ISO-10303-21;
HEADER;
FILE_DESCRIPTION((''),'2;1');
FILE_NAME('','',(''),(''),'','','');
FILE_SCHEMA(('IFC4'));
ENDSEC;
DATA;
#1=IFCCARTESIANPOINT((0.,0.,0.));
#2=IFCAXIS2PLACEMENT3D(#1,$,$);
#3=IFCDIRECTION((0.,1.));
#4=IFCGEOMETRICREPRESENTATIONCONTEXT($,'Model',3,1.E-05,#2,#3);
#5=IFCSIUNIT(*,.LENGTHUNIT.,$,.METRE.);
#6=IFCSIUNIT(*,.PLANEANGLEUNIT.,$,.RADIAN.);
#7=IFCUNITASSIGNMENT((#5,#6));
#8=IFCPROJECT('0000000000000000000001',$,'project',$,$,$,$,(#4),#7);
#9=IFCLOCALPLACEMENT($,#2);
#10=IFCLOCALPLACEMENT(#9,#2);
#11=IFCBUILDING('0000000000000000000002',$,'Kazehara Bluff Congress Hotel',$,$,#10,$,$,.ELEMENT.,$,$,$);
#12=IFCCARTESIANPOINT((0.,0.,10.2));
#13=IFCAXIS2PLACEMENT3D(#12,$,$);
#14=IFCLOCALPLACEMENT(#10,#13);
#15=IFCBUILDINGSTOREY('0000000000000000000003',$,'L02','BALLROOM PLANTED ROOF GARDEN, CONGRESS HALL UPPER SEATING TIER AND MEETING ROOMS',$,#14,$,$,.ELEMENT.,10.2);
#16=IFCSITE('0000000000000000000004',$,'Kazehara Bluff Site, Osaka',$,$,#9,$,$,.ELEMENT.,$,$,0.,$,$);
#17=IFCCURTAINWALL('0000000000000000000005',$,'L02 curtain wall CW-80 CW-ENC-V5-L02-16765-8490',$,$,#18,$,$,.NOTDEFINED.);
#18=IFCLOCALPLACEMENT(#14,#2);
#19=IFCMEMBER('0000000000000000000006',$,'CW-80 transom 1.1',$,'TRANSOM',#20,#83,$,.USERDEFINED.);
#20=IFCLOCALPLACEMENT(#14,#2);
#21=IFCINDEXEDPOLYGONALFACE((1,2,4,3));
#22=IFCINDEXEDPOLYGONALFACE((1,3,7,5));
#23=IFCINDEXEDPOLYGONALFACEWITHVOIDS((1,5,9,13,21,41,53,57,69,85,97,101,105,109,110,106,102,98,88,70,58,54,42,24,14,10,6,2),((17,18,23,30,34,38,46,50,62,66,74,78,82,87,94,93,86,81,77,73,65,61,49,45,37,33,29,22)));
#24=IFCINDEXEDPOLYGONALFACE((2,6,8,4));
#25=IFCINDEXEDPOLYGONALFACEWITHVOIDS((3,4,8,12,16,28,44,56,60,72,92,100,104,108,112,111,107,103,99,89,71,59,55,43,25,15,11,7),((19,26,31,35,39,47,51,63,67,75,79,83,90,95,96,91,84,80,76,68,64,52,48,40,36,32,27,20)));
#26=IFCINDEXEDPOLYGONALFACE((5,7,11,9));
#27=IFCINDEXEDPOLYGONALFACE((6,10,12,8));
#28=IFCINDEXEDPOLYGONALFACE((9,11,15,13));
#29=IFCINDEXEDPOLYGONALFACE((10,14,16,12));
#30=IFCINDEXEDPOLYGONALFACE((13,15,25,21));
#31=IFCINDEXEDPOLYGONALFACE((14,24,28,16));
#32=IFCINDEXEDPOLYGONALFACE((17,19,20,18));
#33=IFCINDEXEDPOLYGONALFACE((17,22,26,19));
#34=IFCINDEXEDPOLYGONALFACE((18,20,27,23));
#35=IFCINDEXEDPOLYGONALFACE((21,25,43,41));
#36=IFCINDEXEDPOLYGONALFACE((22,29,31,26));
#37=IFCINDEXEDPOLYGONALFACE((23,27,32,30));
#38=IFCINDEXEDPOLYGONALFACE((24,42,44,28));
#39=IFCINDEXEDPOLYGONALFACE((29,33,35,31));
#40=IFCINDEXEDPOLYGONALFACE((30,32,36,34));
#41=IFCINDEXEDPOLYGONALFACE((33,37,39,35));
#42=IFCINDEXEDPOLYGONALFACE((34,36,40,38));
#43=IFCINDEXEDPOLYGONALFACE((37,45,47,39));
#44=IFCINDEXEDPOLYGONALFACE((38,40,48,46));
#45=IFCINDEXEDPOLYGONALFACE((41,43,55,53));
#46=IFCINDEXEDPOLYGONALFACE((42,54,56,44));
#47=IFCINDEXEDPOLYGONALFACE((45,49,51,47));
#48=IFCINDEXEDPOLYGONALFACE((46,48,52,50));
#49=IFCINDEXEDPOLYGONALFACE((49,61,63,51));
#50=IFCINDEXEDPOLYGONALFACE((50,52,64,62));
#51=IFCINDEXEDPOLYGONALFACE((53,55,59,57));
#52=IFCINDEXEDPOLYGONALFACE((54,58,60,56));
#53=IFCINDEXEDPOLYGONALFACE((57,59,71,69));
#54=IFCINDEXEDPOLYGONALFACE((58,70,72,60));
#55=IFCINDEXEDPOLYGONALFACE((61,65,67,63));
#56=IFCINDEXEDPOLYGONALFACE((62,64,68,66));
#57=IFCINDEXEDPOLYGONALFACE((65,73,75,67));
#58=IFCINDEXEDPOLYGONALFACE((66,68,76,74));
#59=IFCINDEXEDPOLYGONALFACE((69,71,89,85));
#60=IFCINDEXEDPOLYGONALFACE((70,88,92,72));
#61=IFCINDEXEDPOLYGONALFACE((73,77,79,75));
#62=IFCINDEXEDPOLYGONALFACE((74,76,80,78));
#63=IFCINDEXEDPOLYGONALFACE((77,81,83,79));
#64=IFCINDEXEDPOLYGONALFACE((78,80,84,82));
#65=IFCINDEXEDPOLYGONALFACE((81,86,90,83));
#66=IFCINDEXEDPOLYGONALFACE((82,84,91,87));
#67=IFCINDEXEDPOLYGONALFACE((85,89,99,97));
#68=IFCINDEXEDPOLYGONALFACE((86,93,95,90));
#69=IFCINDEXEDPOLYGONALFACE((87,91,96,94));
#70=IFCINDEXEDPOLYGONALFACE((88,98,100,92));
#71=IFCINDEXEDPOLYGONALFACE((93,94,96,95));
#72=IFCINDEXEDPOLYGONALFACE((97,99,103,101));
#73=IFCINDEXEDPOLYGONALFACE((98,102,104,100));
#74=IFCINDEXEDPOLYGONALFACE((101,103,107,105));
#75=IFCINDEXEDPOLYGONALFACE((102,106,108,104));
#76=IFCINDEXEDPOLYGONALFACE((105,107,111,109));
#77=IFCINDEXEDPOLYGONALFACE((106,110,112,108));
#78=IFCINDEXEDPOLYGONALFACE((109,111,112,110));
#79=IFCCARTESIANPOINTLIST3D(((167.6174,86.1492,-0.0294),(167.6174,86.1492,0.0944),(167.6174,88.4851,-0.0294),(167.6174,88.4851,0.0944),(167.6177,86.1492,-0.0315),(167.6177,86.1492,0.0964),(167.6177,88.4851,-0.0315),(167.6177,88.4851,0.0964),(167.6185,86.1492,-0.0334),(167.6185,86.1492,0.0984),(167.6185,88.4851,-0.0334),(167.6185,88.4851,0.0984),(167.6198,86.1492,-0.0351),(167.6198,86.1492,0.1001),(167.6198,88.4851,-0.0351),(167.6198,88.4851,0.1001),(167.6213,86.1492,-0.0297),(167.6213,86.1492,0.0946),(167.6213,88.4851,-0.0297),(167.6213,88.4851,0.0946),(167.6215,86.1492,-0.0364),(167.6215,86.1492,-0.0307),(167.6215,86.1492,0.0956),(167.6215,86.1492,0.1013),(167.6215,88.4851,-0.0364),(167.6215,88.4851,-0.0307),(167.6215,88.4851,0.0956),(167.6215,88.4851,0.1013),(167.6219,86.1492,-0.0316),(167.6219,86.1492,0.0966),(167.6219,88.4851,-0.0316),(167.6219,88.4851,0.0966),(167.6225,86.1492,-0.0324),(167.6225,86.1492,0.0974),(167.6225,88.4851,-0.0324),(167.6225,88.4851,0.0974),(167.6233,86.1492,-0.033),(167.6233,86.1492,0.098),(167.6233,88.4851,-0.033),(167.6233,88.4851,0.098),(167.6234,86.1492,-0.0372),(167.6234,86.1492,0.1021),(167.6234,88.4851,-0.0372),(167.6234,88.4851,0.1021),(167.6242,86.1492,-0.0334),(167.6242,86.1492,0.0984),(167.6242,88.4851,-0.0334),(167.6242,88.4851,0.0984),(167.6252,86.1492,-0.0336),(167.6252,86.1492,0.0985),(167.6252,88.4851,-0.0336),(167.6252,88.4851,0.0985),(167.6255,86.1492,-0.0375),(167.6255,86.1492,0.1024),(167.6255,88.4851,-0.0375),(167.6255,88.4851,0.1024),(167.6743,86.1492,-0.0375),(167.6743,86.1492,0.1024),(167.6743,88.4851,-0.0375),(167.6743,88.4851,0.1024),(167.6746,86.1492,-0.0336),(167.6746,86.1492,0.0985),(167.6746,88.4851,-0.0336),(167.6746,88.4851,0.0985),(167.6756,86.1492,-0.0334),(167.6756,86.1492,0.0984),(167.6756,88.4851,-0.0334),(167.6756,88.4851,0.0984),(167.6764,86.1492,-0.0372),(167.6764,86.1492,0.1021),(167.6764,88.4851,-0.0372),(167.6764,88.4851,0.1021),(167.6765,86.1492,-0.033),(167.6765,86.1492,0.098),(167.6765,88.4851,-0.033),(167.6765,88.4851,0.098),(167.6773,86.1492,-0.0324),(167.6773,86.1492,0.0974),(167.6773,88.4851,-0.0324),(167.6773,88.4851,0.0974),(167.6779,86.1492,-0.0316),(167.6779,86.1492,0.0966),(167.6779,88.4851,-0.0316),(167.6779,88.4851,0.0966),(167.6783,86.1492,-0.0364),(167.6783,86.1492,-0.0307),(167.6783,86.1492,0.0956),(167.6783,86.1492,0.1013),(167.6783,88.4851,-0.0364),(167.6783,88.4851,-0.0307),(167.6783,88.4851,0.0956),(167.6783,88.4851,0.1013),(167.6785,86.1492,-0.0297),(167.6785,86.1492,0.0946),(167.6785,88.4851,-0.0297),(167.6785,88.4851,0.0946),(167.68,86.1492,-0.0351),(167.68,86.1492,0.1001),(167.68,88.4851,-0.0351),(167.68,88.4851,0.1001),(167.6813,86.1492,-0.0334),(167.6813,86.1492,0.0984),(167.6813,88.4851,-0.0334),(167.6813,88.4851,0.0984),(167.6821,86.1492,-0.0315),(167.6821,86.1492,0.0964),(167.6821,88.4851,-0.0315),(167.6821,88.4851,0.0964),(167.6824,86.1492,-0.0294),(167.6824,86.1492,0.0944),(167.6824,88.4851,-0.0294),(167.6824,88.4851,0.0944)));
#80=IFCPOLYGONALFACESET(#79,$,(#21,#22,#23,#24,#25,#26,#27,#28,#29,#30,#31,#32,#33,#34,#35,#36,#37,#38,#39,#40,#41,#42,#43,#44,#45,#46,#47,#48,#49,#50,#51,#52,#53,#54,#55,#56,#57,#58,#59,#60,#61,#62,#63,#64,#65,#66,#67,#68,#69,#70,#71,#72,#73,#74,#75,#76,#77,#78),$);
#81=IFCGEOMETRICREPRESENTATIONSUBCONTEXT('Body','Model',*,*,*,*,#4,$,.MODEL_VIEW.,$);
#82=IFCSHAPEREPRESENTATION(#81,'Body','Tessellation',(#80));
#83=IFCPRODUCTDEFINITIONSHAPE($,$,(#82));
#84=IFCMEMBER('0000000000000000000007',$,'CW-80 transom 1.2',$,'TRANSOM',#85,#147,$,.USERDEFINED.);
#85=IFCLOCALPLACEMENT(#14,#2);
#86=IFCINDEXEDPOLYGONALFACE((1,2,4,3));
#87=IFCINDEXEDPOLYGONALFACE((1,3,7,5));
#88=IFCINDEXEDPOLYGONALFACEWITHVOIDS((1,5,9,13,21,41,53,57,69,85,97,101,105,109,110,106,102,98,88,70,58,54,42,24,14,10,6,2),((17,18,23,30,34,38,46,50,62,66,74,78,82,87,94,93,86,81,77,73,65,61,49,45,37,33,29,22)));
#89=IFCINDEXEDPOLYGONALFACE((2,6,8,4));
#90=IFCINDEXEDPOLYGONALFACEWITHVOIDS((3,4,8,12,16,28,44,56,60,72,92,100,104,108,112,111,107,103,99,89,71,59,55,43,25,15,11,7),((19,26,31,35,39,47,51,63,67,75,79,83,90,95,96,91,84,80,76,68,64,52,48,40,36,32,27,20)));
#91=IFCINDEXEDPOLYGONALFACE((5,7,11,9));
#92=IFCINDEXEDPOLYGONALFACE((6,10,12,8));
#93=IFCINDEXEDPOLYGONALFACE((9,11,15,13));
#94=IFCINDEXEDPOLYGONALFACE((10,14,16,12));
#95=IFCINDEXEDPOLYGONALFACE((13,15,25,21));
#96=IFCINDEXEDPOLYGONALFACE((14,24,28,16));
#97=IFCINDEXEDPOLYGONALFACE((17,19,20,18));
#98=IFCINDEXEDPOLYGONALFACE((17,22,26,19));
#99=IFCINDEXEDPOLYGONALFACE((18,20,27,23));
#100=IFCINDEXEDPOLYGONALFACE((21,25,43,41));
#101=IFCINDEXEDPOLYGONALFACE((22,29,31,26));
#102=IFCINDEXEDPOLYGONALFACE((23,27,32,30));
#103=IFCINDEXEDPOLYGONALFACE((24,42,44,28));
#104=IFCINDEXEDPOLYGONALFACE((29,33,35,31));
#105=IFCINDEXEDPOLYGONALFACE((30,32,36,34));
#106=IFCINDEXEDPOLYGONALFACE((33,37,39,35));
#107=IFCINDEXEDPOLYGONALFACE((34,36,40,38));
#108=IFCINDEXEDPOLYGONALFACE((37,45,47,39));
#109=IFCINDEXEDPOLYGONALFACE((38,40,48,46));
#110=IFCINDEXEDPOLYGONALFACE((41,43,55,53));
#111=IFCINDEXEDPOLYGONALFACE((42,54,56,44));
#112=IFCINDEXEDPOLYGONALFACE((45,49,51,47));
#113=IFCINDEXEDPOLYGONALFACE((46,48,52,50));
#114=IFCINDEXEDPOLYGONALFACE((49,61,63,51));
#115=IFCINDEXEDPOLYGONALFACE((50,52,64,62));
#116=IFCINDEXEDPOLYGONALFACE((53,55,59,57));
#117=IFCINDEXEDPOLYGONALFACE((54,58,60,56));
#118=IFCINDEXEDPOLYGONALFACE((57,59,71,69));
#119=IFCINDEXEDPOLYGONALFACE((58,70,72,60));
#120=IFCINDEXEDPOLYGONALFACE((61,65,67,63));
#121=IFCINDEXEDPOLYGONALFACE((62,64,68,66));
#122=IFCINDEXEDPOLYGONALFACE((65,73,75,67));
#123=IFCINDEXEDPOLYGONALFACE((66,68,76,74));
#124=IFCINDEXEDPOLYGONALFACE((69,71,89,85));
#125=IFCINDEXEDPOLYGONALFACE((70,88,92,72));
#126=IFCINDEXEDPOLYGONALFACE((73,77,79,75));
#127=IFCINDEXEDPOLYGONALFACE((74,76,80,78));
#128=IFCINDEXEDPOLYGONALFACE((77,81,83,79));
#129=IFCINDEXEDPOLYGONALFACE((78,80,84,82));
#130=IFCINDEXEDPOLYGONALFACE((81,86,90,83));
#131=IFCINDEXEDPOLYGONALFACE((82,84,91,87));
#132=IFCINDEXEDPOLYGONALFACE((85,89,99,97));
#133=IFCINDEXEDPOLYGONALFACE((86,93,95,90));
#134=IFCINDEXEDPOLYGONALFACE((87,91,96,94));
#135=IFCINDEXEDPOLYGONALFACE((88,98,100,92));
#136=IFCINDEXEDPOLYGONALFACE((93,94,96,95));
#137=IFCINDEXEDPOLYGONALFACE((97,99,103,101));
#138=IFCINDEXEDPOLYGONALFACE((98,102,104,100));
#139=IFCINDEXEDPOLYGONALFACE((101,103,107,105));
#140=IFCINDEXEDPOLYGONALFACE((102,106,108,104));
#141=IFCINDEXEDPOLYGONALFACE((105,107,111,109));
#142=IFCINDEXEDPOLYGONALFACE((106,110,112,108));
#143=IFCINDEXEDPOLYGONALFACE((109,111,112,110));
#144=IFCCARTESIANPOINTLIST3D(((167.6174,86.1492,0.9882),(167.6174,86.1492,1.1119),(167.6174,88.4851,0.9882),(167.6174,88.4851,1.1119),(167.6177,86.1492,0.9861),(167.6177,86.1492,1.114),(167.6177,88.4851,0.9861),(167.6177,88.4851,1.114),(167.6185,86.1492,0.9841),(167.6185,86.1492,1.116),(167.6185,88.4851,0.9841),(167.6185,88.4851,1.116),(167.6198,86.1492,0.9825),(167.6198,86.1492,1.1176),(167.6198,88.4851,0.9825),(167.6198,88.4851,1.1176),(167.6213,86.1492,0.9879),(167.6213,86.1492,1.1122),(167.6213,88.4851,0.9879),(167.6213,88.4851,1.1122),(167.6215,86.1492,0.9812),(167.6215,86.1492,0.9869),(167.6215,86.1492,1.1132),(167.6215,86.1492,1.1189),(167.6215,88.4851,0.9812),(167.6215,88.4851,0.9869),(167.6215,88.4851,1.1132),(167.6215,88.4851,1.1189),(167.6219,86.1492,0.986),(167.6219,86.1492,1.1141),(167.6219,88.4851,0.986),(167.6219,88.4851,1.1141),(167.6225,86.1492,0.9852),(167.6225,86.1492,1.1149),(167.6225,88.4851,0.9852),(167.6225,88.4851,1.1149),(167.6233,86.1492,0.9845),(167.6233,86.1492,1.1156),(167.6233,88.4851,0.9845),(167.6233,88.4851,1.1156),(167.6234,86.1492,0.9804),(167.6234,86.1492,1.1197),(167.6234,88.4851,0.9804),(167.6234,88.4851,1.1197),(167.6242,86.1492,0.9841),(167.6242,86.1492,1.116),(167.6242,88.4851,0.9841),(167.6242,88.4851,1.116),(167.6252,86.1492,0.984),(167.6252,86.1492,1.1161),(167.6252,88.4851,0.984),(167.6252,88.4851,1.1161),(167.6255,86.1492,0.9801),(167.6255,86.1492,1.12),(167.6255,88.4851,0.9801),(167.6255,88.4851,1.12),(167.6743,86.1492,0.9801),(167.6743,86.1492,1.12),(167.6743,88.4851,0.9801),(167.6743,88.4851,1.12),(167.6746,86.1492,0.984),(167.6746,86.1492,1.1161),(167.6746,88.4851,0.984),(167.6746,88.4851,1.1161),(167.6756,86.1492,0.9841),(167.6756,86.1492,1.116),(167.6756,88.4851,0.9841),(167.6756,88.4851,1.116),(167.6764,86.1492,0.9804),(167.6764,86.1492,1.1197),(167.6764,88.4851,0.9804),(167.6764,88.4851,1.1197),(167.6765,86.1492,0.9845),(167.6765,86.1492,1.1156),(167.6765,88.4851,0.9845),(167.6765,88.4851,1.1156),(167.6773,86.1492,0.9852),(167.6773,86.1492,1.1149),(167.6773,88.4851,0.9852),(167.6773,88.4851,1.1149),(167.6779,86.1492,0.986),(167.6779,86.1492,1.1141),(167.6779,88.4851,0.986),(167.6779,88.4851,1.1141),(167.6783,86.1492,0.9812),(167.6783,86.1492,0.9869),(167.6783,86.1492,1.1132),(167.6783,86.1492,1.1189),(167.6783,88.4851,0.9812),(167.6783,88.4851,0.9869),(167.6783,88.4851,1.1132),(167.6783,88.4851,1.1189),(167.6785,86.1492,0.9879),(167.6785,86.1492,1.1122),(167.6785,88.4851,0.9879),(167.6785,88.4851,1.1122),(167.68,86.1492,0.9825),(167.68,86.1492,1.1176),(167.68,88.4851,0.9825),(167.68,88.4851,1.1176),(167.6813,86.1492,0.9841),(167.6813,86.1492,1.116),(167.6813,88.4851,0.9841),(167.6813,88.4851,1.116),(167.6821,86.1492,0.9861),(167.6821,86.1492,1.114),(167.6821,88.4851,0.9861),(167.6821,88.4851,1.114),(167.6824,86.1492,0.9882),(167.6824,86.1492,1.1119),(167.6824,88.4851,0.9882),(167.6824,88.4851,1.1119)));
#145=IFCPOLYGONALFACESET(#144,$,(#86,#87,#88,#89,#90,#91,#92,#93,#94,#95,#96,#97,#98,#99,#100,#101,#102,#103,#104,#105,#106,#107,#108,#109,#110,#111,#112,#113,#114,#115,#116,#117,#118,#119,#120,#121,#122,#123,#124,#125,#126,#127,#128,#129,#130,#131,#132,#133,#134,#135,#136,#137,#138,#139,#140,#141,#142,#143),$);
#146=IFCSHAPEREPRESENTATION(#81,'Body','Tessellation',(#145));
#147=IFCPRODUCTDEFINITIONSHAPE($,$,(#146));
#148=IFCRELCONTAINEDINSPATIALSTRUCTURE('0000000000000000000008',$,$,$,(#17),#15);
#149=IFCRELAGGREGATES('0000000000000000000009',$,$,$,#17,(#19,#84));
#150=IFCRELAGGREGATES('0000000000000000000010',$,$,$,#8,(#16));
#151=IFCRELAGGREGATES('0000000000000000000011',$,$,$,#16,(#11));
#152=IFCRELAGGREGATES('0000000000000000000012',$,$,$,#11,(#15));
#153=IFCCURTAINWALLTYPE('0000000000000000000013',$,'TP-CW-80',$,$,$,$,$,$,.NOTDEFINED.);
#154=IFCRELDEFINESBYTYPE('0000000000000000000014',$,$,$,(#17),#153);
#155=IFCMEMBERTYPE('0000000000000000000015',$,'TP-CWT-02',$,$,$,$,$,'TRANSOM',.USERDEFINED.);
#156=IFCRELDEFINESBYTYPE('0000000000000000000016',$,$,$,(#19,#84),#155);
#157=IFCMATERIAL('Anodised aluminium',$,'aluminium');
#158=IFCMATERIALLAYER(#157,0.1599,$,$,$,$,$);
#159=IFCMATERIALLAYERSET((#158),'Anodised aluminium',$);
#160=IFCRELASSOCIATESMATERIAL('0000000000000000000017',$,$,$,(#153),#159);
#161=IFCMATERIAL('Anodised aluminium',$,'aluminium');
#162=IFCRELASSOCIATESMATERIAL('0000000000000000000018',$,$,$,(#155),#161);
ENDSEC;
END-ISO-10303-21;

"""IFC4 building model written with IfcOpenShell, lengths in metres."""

from ifc_helpers import new_model, si_unit, direction, frame, origin, origin_2d, place, context, subcontext, project, spatial, hollow_rectangle, extrude, material, layer, layer_set, material_profile, profile_set, type_object, element, aggregate, save


model = new_model("IFC4")

# Units and contexts
model_context = context("Model", 3, precision=1e-05, world=origin(), true_north=direction((0.0, 1.0)))
body_context = subcontext(model_context, "Body", "Model", "MODEL_VIEW")
ifc_project = project(units=[si_unit("LENGTHUNIT", "METRE"), si_unit("PLANEANGLEUNIT", "RADIAN")], contexts=[model_context])

# Site, building, storey
site_placement = place(None, origin())
site = spatial("IfcSite", under=ifc_project, at=site_placement, Name="Kazehara Bluff Site, Osaka", CompositionType="ELEMENT", RefElevation=0.0)
building_placement = place(site_placement, origin())
building = spatial("IfcBuilding", under=site, at=building_placement, Name="Kazehara Bluff Congress Hotel", CompositionType="ELEMENT")
storey_placement = place(building_placement, frame((0.0, 0.0, 10.2)))
storey = spatial("IfcBuildingStorey", under=building, at=storey_placement, Name="L02", Description="BALLROOM PLANTED ROOF GARDEN, CONGRESS HALL UPPER SEATING TIER AND MEETING ROOMS", CompositionType="ELEMENT", Elevation=10.2)

# Curtain wall, members
ifc_material_1 = material(Name="Anodised aluminium", Category="aluminium")
ifc_layer_1 = layer(ifc_material_1, 0.1599)
ifc_layer_set_1 = layer_set([ifc_layer_1], Name="Anodised aluminium")
curtain_wall_type = type_object("IfcCurtainWallType", Name="TP-CW-80", PredefinedType="NOTDEFINED", material=ifc_layer_set_1)
curtain_wall_placement = place(storey_placement, origin())
curtain_wall = element("IfcCurtainWall", 1, at=curtain_wall_placement, inside=storey, type_object=curtain_wall_type, Name="L02 curtain wall CW-80 CW-ENC-V5-L02-16765-8490", PredefinedType="NOTDEFINED")
ifc_material_2 = material(Name="Anodised aluminium", Category="aluminium")
ifc_material_profile_1 = material_profile(ifc_material_2, hollow_rectangle(XDim=0.0649, YDim=0.1399, WallThickness=0.0039, InnerFilletRadius=0.0039, OuterFilletRadius=0.0081, at=origin_2d()))
ifc_profile_set_1 = profile_set([ifc_material_profile_1], Name="Anodised aluminium")
member_type_1 = type_object("IfcMemberType", Name="TP-CWT-02", ElementType="TRANSOM", PredefinedType="USERDEFINED", material=ifc_profile_set_1)
member_1_placement = place(storey_placement, frame((167.6499, 88.4851, 0.0325), z_axis=(0.0, -1.0, 0.0), x_axis=(1.0, 0.0, 0.0)))
member_1 = element("IfcMember", 2, at=member_1_placement, type_object=member_type_1, Name="CW-80 transom 1.1", ObjectType="TRANSOM", PredefinedType="USERDEFINED", context=body_context, shape_type="SweptSolid", body=[
    extrude(hollow_rectangle(XDim=0.0649, YDim=0.1399, WallThickness=0.0039, InnerFilletRadius=0.0039, OuterFilletRadius=0.0081, at=origin_2d()), origin(), (0.0, 0.0, 1.0), 2.3359),
])
member_2_placement = place(storey_placement, frame((167.6499, 88.4851, 1.05), z_axis=(0.0, -1.0, 0.0), x_axis=(1.0, 0.0, 0.0)))
member_2 = element("IfcMember", 3, at=member_2_placement, type_object=member_type_1, Name="CW-80 transom 1.2", ObjectType="TRANSOM", PredefinedType="USERDEFINED", context=body_context, shape_type="SweptSolid", body=[
    extrude(hollow_rectangle(XDim=0.0649, YDim=0.1399, WallThickness=0.0039, InnerFilletRadius=0.0039, OuterFilletRadius=0.0081, at=origin_2d()), origin(), (0.0, 0.0, 1.0), 2.3359),
])
aggregate(curtain_wall, [member_1, member_2])

save(model, "model.ifc")
